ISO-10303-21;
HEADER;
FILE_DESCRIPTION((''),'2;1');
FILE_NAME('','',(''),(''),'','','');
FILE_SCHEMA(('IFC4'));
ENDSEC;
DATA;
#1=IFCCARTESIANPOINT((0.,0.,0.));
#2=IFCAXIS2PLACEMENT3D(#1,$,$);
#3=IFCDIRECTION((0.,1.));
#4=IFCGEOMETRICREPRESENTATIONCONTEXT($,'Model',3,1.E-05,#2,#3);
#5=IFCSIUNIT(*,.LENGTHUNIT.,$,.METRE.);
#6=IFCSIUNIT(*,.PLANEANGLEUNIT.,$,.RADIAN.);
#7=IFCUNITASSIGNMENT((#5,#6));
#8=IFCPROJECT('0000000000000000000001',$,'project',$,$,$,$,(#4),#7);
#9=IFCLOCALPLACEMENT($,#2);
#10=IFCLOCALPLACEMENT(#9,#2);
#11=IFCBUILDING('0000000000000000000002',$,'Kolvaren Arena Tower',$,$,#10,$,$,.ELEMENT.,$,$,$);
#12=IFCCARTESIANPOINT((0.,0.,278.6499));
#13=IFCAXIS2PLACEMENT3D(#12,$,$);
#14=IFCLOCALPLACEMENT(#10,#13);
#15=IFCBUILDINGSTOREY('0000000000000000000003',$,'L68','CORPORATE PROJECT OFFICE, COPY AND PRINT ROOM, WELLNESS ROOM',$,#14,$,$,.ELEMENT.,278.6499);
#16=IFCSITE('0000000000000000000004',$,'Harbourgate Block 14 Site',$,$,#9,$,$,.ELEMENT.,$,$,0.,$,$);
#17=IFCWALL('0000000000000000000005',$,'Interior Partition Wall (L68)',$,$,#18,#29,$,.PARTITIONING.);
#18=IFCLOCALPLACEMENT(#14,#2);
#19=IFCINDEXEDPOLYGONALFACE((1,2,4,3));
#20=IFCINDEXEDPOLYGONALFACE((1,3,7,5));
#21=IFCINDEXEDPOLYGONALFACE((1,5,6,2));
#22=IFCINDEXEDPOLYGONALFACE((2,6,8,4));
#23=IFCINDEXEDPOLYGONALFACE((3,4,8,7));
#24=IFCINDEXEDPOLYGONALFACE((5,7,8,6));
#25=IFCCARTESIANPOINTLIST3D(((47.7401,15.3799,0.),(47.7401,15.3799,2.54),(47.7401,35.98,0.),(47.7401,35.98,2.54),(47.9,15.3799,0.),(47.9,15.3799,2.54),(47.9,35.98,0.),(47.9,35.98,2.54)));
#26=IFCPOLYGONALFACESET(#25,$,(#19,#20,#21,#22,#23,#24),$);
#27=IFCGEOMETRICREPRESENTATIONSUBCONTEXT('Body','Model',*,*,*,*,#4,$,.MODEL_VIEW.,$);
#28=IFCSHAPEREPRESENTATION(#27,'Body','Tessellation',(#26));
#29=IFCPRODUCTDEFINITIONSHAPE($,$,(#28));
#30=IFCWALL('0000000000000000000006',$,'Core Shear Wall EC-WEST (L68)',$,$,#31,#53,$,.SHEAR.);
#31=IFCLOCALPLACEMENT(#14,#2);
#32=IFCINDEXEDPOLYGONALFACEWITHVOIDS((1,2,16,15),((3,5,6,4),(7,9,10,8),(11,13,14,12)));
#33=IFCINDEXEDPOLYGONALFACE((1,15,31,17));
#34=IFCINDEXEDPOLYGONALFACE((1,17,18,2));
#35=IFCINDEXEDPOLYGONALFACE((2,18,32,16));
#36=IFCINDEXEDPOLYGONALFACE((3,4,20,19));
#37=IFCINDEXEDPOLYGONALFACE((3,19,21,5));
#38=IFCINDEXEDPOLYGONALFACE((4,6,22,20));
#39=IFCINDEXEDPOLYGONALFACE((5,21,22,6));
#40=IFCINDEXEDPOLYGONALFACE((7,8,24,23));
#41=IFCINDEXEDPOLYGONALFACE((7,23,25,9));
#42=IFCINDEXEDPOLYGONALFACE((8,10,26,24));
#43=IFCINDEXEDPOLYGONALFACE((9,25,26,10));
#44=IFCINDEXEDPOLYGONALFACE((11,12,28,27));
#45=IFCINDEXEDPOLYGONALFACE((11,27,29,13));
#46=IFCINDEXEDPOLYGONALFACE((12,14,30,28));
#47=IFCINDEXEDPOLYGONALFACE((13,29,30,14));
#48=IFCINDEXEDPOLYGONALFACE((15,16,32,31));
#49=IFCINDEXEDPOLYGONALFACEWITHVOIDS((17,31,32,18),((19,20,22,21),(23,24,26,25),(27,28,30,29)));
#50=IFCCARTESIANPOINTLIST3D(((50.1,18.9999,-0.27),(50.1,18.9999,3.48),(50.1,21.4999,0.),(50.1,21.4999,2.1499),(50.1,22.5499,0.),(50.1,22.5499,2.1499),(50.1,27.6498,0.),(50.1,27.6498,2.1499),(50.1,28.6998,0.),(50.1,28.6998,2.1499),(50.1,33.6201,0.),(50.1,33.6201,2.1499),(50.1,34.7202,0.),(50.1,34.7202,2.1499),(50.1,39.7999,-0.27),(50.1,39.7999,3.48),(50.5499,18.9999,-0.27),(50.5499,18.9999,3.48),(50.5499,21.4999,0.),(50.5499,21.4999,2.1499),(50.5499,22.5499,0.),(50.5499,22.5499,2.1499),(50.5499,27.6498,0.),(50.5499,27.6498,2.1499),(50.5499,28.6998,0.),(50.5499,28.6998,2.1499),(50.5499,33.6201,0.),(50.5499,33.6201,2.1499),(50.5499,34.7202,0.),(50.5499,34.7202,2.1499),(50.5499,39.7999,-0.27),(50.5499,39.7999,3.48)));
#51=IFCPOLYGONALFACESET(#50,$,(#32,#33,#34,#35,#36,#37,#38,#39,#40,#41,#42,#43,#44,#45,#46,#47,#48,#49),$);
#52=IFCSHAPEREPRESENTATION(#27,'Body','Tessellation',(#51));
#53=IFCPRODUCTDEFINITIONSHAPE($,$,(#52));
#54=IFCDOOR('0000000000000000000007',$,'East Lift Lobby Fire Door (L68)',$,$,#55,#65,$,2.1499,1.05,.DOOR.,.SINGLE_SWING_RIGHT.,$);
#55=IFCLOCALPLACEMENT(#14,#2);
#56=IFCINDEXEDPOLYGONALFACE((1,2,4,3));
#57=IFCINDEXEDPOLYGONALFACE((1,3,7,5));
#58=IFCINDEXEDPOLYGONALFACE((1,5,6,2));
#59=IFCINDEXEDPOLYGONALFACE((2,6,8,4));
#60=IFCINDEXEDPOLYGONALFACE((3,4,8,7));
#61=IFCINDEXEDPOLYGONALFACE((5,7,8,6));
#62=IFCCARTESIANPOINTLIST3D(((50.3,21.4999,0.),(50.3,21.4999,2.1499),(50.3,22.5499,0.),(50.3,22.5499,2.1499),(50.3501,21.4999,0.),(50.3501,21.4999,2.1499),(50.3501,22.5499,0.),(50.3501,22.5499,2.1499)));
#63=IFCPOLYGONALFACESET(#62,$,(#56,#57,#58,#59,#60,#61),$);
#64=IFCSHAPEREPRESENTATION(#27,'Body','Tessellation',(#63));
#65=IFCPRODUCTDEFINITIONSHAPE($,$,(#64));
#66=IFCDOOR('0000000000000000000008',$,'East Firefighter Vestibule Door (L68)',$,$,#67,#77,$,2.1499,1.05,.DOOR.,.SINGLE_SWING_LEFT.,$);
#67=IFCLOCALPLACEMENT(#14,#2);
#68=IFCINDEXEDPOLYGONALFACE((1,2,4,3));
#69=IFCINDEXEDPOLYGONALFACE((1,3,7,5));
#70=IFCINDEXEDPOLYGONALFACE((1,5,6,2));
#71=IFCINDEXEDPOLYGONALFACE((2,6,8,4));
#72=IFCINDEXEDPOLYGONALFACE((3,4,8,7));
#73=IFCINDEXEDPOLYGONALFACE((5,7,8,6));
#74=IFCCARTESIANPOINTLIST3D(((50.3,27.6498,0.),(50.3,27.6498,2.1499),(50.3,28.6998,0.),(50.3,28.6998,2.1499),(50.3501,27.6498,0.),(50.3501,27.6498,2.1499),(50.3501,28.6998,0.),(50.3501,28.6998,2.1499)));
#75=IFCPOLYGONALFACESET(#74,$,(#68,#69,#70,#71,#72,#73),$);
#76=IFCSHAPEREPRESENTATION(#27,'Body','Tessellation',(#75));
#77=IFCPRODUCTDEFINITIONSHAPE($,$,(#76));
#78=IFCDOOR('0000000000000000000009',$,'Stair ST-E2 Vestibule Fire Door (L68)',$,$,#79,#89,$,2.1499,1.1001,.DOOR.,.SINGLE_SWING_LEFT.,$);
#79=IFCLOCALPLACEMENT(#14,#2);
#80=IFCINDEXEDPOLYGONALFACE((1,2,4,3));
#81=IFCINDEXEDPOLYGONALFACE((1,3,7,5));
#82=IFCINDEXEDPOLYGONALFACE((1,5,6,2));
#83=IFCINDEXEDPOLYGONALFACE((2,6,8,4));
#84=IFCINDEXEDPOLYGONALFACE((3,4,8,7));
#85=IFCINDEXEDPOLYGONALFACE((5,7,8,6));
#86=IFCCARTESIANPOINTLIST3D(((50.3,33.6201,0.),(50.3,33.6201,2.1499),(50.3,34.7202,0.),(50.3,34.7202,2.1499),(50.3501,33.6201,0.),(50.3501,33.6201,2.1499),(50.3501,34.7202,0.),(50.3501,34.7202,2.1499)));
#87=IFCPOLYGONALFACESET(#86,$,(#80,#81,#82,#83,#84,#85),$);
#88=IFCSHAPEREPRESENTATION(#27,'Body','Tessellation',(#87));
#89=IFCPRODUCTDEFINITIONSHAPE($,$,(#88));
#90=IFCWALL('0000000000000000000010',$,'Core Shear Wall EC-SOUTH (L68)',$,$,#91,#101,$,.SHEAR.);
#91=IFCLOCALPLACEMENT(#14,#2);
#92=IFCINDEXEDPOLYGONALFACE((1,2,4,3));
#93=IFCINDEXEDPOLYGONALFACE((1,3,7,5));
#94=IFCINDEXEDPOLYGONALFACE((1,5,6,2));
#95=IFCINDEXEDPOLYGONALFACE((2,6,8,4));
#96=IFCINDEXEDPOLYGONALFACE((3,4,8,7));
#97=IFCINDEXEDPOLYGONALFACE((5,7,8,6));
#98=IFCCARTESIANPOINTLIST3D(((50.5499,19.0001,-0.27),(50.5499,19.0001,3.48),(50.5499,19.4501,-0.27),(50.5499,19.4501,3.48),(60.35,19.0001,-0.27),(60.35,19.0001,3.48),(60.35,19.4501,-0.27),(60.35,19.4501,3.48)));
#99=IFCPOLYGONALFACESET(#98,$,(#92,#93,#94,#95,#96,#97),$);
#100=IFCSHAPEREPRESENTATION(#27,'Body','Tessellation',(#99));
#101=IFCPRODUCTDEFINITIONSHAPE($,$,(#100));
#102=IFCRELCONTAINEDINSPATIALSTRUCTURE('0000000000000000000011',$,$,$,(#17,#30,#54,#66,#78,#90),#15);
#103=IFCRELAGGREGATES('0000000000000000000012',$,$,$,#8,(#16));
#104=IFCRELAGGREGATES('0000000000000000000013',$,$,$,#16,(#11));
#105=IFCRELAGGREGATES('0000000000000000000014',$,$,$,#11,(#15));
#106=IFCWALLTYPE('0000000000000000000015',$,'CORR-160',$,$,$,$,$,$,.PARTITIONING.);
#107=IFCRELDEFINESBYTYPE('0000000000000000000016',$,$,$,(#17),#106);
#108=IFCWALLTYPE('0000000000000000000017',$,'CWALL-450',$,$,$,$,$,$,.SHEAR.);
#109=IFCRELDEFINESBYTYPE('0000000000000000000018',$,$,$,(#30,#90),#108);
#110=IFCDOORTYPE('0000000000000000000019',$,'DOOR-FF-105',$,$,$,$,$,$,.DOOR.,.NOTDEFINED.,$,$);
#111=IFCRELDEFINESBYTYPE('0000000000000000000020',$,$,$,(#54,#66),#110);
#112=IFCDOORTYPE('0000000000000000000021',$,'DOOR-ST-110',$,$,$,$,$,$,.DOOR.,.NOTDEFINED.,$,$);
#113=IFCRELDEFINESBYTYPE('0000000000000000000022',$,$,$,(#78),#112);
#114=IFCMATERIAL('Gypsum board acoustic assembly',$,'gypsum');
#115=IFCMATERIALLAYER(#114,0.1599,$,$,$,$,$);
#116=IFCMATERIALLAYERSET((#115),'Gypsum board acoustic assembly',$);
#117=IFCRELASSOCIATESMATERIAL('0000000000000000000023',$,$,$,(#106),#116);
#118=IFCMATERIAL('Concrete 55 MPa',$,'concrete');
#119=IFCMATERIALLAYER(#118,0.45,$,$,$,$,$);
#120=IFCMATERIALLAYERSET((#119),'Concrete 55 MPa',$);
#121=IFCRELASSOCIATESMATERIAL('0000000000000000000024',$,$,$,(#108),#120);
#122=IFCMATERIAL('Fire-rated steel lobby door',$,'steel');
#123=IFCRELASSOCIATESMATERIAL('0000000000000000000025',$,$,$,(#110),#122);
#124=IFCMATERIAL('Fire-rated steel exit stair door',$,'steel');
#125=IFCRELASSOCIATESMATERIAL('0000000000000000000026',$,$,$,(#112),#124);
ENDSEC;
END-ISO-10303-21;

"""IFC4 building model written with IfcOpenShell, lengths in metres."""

from ifc_helpers import new_model, si_unit, direction, frame, frame_2d, origin, place, context, subcontext, project, spatial, rectangle, extrude, material, layer, layer_set, type_object, element, fill, save


model = new_model("IFC4")

# Units and contexts
model_context = context("Model", 3, precision=1e-05, world=origin(), true_north=direction((0.0, 1.0)))
body_context = subcontext(model_context, "Body", "Model", "MODEL_VIEW")
ifc_project = project(units=[si_unit("LENGTHUNIT", "METRE"), si_unit("PLANEANGLEUNIT", "RADIAN")], contexts=[model_context])

# Site, building, storey
site_placement = place(None, origin())
site = spatial("IfcSite", under=ifc_project, at=site_placement, Name="Harbourgate Block 14 Site", CompositionType="ELEMENT", RefElevation=0.0)
building_placement = place(site_placement, origin())
building = spatial("IfcBuilding", under=site, at=building_placement, Name="Kolvaren Arena Tower", CompositionType="ELEMENT")
storey_placement = place(building_placement, frame((0.0, 0.0, 278.6499)))
storey = spatial("IfcBuildingStorey", under=building, at=storey_placement, Name="L68", Description="CORPORATE PROJECT OFFICE, COPY AND PRINT ROOM, WELLNESS ROOM", CompositionType="ELEMENT", Elevation=278.6499)

# Wall
ifc_material_1 = material(Name="Gypsum board acoustic assembly", Category="gypsum")
ifc_layer_1 = layer(ifc_material_1, 0.1599)
ifc_layer_set_1 = layer_set([ifc_layer_1], Name="Gypsum board acoustic assembly")
wall_type_1 = type_object("IfcWallType", Name="CORR-160", PredefinedType="PARTITIONING", material=ifc_layer_set_1)
wall_1_placement = place(storey_placement, frame((47.8201, 15.3799, 0.0), z_axis=(0.0, 0.0, 1.0), x_axis=(0.0, 1.0, 0.0)))
element("IfcWall", 1, at=wall_1_placement, inside=storey, type_object=wall_type_1, Name="Interior Partition Wall (L68)", PredefinedType="PARTITIONING", context=body_context, shape_type="SweptSolid", body=[
    extrude(rectangle(XDim=20.6001, YDim=0.1599, at=frame_2d((10.3, 0.0))), origin(), (0.0, 0.0, 1.0), 2.54),
])

# Wall, openings, doors
ifc_material_2 = material(Name="Concrete 55 MPa", Category="concrete")
ifc_layer_2 = layer(ifc_material_2, 0.45)
ifc_layer_set_2 = layer_set([ifc_layer_2], Name="Concrete 55 MPa")
wall_type_2 = type_object("IfcWallType", Name="CWALL-450", PredefinedType="SHEAR", material=ifc_layer_set_2)
wall_2_placement = place(storey_placement, frame((50.325, 19.0, -0.27), z_axis=(0.0, 0.0, 1.0), x_axis=(0.0, 1.0, 0.0)))
wall_2 = element("IfcWall", 2, at=wall_2_placement, inside=storey, type_object=wall_type_2, Name="Core Shear Wall EC-WEST (L68)", PredefinedType="SHEAR", context=body_context, shape_type="SweptSolid", body=[
    extrude(rectangle(XDim=20.8, YDim=0.45, at=frame_2d((10.3999, 0.0))), origin(), (0.0, 0.0, 1.0), 3.75),
])
opening_1_placement = place(wall_2_placement, frame((2.5, 0.0, 0.27)))
opening_1 = element("IfcOpeningElement", 3, at=opening_1_placement, cuts=wall_2, PredefinedType="OPENING", context=body_context, shape_type="SweptSolid", body=[
    extrude(rectangle(XDim=1.05, YDim=2.1499, at=frame_2d((0.5249, 1.075))), frame((0.0, 0.2349, 0.0), z_axis=(0.0, -1.0, 0.0), x_axis=(1.0, 0.0, 0.0)), (0.0, 0.0, 1.0), 0.47),
])
opening_2_placement = place(wall_2_placement, frame((8.6499, 0.0, 0.27)))
opening_2 = element("IfcOpeningElement", 4, at=opening_2_placement, cuts=wall_2, PredefinedType="OPENING", context=body_context, shape_type="SweptSolid", body=[
    extrude(rectangle(XDim=1.05, YDim=2.1499, at=frame_2d((0.5249, 1.075))), frame((0.0, 0.2349, 0.0), z_axis=(0.0, -1.0, 0.0), x_axis=(1.0, 0.0, 0.0)), (0.0, 0.0, 1.0), 0.47),
])
opening_3_placement = place(wall_2_placement, frame((14.6201, 0.0, 0.27)))
opening_3 = element("IfcOpeningElement", 5, at=opening_3_placement, cuts=wall_2, PredefinedType="OPENING", context=body_context, shape_type="SweptSolid", body=[
    extrude(rectangle(XDim=1.1001, YDim=2.1499, at=frame_2d((0.55, 1.075))), frame((0.0, 0.2349, 0.0), z_axis=(0.0, -1.0, 0.0), x_axis=(1.0, 0.0, 0.0)), (0.0, 0.0, 1.0), 0.47),
])
ifc_material_3 = material(Name="Fire-rated steel lobby door", Category="steel")
door_type_1 = type_object("IfcDoorType", Name="DOOR-FF-105", OperationType="NOTDEFINED", PredefinedType="DOOR", material=ifc_material_3)
door_1_placement = place(opening_1_placement, origin())
door_1 = element("IfcDoor", 6, at=door_1_placement, inside=storey, type_object=door_type_1, Name="East Lift Lobby Fire Door (L68)", OperationType="SINGLE_SWING_RIGHT", OverallHeight=2.1499, OverallWidth=1.05, PredefinedType="DOOR", context=body_context, shape_type="SweptSolid", body=[
    extrude(rectangle(XDim=1.05, YDim=2.1499, at=frame_2d((0.5249, 1.075))), frame((0.0, 0.0249, 0.0), z_axis=(0.0, -1.0, 0.0), x_axis=(1.0, 0.0, 0.0)), (0.0, 0.0, 1.0), 0.05),
])
fill(opening_1, door_1)
door_2_placement = place(opening_2_placement, origin())
door_2 = element("IfcDoor", 7, at=door_2_placement, inside=storey, type_object=door_type_1, Name="East Firefighter Vestibule Door (L68)", OperationType="SINGLE_SWING_LEFT", OverallHeight=2.1499, OverallWidth=1.05, PredefinedType="DOOR", context=body_context, shape_type="SweptSolid", body=[
    extrude(rectangle(XDim=1.05, YDim=2.1499, at=frame_2d((0.5249, 1.075))), frame((0.0, 0.0249, 0.0), z_axis=(0.0, -1.0, 0.0), x_axis=(1.0, 0.0, 0.0)), (0.0, 0.0, 1.0), 0.05),
])
fill(opening_2, door_2)
ifc_material_4 = material(Name="Fire-rated steel exit stair door", Category="steel")
door_type_2 = type_object("IfcDoorType", Name="DOOR-ST-110", OperationType="NOTDEFINED", PredefinedType="DOOR", material=ifc_material_4)
door_3_placement = place(opening_3_placement, origin())
door_3 = element("IfcDoor", 8, at=door_3_placement, inside=storey, type_object=door_type_2, Name="Stair ST-E2 Vestibule Fire Door (L68)", OperationType="SINGLE_SWING_LEFT", OverallHeight=2.1499, OverallWidth=1.1001, PredefinedType="DOOR", context=body_context, shape_type="SweptSolid", body=[
    extrude(rectangle(XDim=1.1001, YDim=2.1499, at=frame_2d((0.55, 1.075))), frame((0.0, 0.0249, 0.0), z_axis=(0.0, -1.0, 0.0), x_axis=(1.0, 0.0, 0.0)), (0.0, 0.0, 1.0), 0.05),
])
fill(opening_3, door_3)

# Wall
wall_3_placement = place(storey_placement, frame((50.55, 19.2251, -0.27), z_axis=(0.0, 0.0, 1.0), x_axis=(1.0, 0.0, 0.0)))
element("IfcWall", 9, at=wall_3_placement, inside=storey, type_object=wall_type_2, Name="Core Shear Wall EC-SOUTH (L68)", PredefinedType="SHEAR", context=body_context, shape_type="SweptSolid", body=[
    extrude(rectangle(XDim=9.8, YDim=0.45, at=frame_2d((4.8999, 0.0))), origin(), (0.0, 0.0, 1.0), 3.75),
])

save(model, "model.ifc")
